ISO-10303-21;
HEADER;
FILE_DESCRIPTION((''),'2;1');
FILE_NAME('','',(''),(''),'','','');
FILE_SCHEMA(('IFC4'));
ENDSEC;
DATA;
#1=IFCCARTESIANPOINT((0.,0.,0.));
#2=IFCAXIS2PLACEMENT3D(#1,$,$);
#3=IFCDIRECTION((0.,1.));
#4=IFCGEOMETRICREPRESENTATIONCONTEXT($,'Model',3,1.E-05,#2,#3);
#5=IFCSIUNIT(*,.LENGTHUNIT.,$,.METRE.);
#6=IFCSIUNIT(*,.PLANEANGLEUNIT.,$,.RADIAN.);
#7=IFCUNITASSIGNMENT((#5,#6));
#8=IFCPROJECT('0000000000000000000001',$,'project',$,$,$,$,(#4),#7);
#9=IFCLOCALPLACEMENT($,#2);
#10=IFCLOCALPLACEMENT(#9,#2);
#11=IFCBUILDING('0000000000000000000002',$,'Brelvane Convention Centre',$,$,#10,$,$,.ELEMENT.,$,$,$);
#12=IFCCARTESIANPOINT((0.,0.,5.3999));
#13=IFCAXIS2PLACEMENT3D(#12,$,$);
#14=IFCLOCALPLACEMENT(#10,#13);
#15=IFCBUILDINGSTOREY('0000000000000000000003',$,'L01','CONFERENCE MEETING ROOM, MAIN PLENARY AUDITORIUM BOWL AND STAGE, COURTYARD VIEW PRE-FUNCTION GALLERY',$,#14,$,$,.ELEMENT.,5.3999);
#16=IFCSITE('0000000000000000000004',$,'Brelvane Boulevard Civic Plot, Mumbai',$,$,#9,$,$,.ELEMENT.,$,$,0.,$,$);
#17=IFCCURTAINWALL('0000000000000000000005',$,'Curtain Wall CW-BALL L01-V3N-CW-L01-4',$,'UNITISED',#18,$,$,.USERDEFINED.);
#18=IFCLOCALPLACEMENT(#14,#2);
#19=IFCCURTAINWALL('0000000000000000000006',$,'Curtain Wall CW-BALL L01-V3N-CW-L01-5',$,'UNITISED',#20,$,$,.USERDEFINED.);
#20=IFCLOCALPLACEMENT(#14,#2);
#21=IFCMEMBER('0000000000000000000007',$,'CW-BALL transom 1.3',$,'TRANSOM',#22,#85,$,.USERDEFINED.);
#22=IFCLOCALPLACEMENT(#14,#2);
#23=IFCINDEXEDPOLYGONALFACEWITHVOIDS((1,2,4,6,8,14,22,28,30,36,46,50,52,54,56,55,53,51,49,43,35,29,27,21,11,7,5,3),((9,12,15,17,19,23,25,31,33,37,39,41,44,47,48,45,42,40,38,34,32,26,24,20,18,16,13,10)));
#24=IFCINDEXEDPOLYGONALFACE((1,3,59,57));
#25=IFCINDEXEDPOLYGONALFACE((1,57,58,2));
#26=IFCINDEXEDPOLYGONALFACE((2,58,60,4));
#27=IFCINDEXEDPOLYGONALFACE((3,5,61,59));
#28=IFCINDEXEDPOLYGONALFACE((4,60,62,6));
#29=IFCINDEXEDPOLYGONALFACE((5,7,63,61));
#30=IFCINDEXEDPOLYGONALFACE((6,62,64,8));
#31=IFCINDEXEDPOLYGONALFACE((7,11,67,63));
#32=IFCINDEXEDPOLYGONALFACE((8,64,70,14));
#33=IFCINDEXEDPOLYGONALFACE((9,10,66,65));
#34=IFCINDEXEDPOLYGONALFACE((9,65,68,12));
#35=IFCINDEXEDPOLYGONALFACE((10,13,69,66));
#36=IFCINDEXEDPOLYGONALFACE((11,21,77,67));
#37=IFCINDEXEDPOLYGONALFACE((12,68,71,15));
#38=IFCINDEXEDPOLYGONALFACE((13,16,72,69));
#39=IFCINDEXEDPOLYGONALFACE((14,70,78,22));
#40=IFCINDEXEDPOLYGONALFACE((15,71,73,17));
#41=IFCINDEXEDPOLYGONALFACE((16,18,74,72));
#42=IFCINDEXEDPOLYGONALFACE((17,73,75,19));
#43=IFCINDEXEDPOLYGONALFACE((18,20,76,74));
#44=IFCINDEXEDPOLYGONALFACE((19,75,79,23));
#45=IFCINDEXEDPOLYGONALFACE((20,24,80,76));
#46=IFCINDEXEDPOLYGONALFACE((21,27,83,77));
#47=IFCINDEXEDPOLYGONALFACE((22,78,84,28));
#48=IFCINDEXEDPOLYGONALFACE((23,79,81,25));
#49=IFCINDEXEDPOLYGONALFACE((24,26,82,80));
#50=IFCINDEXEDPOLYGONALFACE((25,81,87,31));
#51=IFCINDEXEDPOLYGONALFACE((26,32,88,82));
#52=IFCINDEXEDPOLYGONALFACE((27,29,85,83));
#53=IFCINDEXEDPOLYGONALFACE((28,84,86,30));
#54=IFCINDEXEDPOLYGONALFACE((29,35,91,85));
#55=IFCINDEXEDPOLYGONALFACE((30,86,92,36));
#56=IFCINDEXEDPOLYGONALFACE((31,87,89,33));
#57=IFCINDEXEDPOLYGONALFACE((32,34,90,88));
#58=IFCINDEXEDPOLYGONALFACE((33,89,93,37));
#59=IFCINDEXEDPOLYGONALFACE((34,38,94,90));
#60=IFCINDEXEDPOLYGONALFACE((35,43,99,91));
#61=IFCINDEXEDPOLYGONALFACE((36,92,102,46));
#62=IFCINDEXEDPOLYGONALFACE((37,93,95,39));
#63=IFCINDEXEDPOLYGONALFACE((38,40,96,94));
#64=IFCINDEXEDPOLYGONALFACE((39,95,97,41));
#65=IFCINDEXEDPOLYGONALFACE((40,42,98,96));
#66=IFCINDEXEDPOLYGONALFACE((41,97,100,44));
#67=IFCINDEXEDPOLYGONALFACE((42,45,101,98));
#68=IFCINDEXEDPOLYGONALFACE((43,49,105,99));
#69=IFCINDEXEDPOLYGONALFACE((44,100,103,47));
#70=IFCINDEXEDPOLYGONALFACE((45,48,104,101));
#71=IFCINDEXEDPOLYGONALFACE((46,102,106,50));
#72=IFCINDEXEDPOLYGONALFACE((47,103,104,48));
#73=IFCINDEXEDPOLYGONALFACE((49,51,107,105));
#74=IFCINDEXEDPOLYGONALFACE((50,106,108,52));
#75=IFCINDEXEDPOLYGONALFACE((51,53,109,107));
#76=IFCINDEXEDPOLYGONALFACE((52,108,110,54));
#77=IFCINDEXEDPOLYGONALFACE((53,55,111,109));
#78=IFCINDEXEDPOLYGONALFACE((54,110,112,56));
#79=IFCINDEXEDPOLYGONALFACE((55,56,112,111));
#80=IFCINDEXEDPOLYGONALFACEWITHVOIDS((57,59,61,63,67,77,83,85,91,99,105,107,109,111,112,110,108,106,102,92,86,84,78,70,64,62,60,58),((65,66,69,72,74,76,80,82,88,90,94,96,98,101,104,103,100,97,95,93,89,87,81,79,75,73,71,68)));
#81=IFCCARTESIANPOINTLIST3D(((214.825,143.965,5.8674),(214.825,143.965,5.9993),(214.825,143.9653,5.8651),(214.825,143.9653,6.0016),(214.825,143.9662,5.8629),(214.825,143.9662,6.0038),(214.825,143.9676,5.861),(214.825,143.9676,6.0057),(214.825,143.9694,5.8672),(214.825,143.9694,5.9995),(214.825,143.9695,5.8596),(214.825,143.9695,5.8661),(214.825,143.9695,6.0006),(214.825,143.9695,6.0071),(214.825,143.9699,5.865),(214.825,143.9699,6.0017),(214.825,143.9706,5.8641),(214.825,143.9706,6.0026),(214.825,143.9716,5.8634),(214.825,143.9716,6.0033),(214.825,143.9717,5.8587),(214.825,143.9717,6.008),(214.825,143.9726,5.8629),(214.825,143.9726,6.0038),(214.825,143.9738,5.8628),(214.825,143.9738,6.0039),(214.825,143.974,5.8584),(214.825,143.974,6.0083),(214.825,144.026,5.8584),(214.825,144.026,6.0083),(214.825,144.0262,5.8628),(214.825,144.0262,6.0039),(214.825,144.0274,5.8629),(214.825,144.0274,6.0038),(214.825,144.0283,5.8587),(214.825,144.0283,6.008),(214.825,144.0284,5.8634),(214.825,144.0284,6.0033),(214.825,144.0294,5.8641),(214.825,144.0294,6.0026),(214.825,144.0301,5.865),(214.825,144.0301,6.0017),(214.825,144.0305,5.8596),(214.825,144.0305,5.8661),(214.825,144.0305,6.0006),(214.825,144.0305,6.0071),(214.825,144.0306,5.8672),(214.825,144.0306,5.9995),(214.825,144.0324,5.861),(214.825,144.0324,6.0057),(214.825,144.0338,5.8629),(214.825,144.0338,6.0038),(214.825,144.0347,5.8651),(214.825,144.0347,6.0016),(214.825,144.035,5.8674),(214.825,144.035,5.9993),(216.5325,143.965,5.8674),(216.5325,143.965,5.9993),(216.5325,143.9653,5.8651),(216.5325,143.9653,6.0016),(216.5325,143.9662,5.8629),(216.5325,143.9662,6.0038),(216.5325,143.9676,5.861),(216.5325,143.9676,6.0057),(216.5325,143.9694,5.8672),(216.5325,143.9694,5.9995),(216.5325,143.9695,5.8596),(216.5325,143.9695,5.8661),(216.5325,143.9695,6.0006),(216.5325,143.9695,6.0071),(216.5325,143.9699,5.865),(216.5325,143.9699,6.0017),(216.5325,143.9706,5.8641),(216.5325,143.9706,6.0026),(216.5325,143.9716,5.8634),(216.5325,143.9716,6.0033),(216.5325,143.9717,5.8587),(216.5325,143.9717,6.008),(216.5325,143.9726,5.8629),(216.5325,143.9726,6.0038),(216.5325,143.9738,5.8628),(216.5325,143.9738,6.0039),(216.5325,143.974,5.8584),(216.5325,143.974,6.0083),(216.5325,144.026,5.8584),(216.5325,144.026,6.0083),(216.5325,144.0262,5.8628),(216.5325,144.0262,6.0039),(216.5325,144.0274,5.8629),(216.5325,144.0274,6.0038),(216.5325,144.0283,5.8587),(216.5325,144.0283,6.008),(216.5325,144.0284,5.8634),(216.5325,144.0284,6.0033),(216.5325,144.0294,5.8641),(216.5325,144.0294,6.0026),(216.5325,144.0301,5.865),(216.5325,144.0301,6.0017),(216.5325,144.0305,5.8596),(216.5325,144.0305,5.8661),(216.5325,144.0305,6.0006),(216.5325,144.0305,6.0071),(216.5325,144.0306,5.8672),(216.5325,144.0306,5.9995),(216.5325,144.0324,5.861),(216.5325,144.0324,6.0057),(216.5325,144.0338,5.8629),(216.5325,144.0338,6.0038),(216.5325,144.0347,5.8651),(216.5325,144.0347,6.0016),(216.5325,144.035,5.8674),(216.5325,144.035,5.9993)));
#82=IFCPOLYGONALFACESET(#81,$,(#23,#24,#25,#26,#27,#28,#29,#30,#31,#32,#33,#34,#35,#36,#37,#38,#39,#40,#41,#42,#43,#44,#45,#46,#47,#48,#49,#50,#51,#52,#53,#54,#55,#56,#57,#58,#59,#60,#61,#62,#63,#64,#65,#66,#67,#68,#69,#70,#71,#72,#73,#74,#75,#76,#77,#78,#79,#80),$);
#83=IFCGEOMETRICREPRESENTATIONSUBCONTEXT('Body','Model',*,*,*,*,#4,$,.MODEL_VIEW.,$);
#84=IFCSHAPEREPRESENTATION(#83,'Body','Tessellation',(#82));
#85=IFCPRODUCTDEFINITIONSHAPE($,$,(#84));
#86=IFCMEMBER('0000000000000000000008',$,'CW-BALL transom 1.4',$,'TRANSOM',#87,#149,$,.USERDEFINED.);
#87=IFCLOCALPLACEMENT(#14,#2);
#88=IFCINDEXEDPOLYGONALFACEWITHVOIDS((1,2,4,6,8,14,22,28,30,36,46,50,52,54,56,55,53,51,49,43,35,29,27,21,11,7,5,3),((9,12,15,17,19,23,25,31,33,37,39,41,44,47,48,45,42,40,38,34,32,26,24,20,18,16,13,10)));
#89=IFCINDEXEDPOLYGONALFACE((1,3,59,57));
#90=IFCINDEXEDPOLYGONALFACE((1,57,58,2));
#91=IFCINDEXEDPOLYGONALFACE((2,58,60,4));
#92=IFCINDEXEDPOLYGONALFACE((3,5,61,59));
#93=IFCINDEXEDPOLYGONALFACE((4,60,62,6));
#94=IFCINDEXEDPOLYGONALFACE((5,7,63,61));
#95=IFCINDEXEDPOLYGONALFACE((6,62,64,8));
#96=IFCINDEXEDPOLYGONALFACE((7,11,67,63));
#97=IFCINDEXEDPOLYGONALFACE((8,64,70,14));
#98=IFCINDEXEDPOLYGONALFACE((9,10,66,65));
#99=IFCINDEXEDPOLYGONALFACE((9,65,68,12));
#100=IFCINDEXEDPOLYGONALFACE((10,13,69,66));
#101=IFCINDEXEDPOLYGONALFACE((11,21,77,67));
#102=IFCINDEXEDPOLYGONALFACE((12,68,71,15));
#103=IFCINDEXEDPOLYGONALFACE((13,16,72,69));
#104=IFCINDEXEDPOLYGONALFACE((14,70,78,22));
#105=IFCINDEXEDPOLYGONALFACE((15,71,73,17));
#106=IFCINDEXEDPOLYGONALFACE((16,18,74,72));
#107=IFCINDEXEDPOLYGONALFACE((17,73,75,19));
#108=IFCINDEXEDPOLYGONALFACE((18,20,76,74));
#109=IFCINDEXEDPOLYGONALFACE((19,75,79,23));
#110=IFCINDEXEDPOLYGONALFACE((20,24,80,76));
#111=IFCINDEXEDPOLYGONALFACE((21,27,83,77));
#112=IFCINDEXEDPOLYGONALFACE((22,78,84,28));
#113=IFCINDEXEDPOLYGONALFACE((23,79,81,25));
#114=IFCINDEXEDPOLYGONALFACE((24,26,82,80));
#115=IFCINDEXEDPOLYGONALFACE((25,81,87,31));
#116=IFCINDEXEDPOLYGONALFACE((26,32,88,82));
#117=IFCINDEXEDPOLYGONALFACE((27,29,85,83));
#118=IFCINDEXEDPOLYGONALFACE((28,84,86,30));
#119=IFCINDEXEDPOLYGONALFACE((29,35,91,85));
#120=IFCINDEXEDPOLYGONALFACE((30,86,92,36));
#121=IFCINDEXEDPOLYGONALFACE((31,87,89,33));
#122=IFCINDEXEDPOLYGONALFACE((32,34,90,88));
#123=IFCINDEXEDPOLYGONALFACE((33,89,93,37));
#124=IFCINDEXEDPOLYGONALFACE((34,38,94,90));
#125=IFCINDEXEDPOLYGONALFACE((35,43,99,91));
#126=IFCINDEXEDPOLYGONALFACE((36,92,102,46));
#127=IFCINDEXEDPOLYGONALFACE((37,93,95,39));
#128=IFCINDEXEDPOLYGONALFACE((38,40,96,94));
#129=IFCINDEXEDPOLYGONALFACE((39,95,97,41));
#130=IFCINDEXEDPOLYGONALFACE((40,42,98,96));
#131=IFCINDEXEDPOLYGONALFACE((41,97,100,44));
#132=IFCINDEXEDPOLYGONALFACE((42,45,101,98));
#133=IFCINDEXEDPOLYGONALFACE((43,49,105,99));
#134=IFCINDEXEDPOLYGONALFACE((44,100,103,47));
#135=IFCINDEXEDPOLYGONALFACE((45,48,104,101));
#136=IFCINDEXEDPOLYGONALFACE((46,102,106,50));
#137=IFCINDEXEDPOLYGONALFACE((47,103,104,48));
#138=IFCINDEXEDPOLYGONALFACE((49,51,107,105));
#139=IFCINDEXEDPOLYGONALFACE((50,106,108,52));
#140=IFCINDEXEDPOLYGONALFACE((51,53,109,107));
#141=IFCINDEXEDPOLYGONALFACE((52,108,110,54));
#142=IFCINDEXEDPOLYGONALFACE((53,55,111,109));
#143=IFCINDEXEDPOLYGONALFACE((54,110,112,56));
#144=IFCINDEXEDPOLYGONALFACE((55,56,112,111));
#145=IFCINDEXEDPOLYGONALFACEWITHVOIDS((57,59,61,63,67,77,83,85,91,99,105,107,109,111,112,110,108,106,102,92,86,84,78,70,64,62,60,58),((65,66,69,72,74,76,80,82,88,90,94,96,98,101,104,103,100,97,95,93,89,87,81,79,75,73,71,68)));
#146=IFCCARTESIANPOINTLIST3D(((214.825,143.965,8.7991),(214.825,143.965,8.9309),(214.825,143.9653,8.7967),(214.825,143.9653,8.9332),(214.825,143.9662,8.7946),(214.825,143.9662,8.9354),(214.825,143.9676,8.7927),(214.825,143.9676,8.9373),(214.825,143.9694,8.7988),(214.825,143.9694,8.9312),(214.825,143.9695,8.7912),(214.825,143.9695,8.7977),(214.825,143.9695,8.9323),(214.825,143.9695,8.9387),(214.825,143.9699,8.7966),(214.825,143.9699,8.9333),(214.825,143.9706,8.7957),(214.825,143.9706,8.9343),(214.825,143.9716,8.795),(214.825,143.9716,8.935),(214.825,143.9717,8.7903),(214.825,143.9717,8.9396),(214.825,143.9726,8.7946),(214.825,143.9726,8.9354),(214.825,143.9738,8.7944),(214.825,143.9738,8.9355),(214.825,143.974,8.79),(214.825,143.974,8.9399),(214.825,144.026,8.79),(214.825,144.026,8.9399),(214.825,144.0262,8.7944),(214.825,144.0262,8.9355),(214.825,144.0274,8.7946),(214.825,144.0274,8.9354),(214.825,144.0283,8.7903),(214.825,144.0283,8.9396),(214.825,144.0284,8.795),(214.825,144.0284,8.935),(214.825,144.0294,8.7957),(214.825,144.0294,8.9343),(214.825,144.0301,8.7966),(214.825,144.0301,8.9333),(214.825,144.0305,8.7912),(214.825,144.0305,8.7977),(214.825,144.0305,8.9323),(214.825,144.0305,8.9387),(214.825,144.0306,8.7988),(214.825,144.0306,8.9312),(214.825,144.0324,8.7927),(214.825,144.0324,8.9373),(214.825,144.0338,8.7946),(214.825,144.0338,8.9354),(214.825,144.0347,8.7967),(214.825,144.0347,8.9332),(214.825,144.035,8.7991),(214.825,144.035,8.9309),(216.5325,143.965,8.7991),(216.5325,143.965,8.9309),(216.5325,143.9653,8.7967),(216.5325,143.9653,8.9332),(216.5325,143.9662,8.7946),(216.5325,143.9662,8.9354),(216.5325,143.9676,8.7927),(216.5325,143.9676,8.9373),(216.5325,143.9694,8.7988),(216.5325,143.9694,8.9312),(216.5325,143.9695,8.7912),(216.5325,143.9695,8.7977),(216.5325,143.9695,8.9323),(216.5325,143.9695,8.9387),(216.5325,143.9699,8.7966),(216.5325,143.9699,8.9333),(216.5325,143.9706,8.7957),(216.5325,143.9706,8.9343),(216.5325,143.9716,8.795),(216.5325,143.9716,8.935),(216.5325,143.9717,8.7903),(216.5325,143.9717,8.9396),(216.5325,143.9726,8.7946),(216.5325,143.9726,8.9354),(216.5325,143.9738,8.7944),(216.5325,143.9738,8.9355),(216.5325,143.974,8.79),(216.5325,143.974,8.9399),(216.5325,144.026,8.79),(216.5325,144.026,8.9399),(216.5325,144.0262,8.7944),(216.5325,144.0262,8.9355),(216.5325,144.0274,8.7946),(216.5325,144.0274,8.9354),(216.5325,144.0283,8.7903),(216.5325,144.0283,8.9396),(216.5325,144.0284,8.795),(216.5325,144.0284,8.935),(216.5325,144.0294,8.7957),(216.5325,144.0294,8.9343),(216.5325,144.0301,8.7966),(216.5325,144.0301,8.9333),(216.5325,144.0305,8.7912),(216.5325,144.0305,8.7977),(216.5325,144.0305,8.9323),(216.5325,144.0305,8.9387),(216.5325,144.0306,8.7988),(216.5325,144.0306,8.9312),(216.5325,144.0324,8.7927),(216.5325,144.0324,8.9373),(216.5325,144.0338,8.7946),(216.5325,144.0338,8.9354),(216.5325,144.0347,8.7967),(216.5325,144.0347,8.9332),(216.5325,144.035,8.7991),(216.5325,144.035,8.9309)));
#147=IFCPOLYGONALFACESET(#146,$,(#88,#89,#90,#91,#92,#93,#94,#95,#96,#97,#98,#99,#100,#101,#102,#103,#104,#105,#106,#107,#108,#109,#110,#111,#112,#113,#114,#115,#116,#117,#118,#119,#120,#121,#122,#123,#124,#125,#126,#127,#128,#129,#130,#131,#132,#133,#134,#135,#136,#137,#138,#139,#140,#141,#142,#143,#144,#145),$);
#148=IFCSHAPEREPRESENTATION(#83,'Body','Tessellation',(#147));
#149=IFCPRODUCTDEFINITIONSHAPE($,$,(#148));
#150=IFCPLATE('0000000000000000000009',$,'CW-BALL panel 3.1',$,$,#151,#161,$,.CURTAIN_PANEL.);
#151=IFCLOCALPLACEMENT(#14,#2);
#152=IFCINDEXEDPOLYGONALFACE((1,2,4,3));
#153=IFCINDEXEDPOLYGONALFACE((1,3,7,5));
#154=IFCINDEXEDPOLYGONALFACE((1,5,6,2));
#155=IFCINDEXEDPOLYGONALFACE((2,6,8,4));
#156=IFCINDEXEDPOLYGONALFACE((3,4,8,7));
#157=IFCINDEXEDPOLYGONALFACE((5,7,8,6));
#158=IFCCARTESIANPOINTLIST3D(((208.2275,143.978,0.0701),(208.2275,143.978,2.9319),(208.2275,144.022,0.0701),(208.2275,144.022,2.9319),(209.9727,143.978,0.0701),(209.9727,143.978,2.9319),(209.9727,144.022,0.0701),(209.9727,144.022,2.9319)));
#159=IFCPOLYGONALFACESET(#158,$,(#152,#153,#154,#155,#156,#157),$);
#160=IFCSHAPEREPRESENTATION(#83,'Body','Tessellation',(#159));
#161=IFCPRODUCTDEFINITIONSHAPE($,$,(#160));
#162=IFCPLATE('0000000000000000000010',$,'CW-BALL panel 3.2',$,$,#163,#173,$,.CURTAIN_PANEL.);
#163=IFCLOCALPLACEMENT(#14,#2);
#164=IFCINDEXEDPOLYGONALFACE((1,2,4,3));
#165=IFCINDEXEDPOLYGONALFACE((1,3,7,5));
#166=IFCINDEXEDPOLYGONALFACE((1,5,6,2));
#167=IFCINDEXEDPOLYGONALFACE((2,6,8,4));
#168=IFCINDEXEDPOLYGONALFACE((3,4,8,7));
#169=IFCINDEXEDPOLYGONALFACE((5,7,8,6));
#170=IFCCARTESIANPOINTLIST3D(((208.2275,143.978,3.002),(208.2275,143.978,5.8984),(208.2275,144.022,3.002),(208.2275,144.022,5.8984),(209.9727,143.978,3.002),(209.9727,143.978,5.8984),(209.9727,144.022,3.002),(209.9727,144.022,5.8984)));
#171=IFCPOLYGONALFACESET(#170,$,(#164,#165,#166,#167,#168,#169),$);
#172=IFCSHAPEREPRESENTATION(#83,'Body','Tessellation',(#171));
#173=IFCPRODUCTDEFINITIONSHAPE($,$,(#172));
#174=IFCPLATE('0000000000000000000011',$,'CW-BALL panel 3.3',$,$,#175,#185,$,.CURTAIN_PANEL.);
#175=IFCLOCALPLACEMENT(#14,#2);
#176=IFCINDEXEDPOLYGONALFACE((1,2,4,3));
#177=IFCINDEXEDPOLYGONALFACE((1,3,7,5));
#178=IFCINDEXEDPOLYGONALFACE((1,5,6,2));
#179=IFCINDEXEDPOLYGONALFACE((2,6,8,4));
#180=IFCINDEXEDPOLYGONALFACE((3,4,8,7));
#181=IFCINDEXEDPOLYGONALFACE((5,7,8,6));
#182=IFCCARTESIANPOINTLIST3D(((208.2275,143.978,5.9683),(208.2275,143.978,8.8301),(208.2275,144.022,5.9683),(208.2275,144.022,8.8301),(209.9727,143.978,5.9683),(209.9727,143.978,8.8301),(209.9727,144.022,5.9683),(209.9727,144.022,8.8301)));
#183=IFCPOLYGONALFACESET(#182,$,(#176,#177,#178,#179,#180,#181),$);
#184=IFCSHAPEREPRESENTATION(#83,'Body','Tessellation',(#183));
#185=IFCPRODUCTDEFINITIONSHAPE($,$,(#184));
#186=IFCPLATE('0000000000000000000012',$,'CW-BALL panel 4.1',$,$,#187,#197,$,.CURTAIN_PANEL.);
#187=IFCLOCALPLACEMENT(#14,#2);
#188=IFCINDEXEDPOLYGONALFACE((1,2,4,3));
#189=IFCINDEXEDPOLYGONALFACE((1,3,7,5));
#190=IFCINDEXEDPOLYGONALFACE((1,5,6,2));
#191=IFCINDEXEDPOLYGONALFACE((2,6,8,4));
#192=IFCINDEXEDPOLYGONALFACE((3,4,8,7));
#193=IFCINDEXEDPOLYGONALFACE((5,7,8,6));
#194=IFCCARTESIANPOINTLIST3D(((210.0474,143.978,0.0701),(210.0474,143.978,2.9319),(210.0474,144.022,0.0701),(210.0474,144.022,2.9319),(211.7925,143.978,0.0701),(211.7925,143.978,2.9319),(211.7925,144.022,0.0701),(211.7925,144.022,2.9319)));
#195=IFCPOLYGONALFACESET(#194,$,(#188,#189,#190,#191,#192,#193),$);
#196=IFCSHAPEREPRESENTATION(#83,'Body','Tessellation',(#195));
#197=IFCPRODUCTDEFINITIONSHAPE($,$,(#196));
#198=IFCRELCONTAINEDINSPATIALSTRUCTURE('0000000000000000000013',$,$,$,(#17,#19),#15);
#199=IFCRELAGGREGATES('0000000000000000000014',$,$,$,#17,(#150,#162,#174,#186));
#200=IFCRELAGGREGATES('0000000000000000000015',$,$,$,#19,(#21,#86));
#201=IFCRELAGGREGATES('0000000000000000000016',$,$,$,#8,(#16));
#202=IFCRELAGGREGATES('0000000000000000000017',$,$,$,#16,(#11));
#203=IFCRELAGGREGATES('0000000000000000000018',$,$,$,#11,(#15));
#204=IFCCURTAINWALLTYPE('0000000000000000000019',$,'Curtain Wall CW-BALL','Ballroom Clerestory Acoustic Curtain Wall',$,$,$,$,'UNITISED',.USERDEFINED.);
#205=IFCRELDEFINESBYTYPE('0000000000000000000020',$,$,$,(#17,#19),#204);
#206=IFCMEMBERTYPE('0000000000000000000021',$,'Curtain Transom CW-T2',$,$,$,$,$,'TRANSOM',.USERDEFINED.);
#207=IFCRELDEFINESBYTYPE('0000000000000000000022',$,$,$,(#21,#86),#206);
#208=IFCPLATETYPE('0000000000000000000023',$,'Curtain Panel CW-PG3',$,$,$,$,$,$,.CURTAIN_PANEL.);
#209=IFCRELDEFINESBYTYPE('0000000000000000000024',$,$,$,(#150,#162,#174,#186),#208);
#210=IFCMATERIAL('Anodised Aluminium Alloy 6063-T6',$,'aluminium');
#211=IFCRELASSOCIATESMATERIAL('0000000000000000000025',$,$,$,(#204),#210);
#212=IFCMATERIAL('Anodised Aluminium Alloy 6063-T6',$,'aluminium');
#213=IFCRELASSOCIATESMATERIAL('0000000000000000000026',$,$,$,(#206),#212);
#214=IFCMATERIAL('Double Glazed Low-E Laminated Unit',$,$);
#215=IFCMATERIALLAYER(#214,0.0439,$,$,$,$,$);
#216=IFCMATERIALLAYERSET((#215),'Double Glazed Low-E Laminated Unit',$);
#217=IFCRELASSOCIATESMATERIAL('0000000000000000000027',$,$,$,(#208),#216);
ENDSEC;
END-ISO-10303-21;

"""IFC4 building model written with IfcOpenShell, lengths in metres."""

from ifc_helpers import new_model, si_unit, direction, frame, origin, origin_2d, place, context, subcontext, project, spatial, rectangle, hollow_rectangle, extrude, material, layer, layer_set, material_profile, profile_set, type_object, element, aggregate, save


model = new_model("IFC4")

# Units and contexts
model_context = context("Model", 3, precision=1e-05, world=origin(), true_north=direction((0.0, 1.0)))
body_context = subcontext(model_context, "Body", "Model", "MODEL_VIEW")
ifc_project = project(units=[si_unit("LENGTHUNIT", "METRE"), si_unit("PLANEANGLEUNIT", "RADIAN")], contexts=[model_context])

# Site, building, storey
site_placement = place(None, origin())
site = spatial("IfcSite", under=ifc_project, at=site_placement, Name="Brelvane Boulevard Civic Plot, Mumbai", CompositionType="ELEMENT", RefElevation=0.0)
building_placement = place(site_placement, origin())
building = spatial("IfcBuilding", under=site, at=building_placement, Name="Brelvane Convention Centre", CompositionType="ELEMENT")
storey_placement = place(building_placement, frame((0.0, 0.0, 5.3999)))
storey = spatial("IfcBuildingStorey", under=building, at=storey_placement, Name="L01", Description="CONFERENCE MEETING ROOM, MAIN PLENARY AUDITORIUM BOWL AND STAGE, COURTYARD VIEW PRE-FUNCTION GALLERY", CompositionType="ELEMENT", Elevation=5.3999)

# Curtain walls
ifc_material_1 = material(Name="Anodised Aluminium Alloy 6063-T6", Category="aluminium")
curtain_wall_type = type_object("IfcCurtainWallType", Name="Curtain Wall CW-BALL", Description="Ballroom Clerestory Acoustic Curtain Wall", ElementType="UNITISED", PredefinedType="USERDEFINED", material=ifc_material_1)
curtain_wall_1_placement = place(storey_placement, origin())
curtain_wall_1 = element("IfcCurtainWall", 1, at=curtain_wall_1_placement, inside=storey, type_object=curtain_wall_type, Name="Curtain Wall CW-BALL L01-V3N-CW-L01-4", ObjectType="UNITISED", PredefinedType="USERDEFINED")
curtain_wall_2_placement = place(storey_placement, origin())
curtain_wall_2 = element("IfcCurtainWall", 2, at=curtain_wall_2_placement, inside=storey, type_object=curtain_wall_type, Name="Curtain Wall CW-BALL L01-V3N-CW-L01-5", ObjectType="UNITISED", PredefinedType="USERDEFINED")

# Members
ifc_material_2 = material(Name="Anodised Aluminium Alloy 6063-T6", Category="aluminium")
ifc_material_profile_1 = material_profile(ifc_material_2, hollow_rectangle(XDim=0.0701, YDim=0.1499, WallThickness=0.0044, InnerFilletRadius=0.0044, OuterFilletRadius=0.009, at=origin_2d()), Name="ALU-T 150x70x4.5")
ifc_profile_set_1 = profile_set([ifc_material_profile_1], Name="Anodised Aluminium Alloy 6063-T6")
member_type_1 = type_object("IfcMemberType", Name="Curtain Transom CW-T2", ElementType="TRANSOM", PredefinedType="USERDEFINED", material=ifc_profile_set_1)
member_1_placement = place(storey_placement, frame((214.825, 144.0, 5.9333), z_axis=(1.0, 0.0, 0.0), x_axis=(0.0, 1.0, 0.0)))
member_1 = element("IfcMember", 3, at=member_1_placement, type_object=member_type_1, Name="CW-BALL transom 1.3", ObjectType="TRANSOM", PredefinedType="USERDEFINED", context=body_context, shape_type="SweptSolid", body=[
    extrude(hollow_rectangle(XDim=0.0701, YDim=0.1499, WallThickness=0.0044, InnerFilletRadius=0.0044, OuterFilletRadius=0.009, at=origin_2d()), origin(), (0.0, 0.0, 1.0), 1.7075),
])
member_2_placement = place(storey_placement, frame((214.825, 144.0, 8.865), z_axis=(1.0, 0.0, 0.0), x_axis=(0.0, 1.0, 0.0)))
member_2 = element("IfcMember", 4, at=member_2_placement, type_object=member_type_1, Name="CW-BALL transom 1.4", ObjectType="TRANSOM", PredefinedType="USERDEFINED", context=body_context, shape_type="SweptSolid", body=[
    extrude(hollow_rectangle(XDim=0.0701, YDim=0.1499, WallThickness=0.0044, InnerFilletRadius=0.0044, OuterFilletRadius=0.009, at=origin_2d()), origin(), (0.0, 0.0, 1.0), 1.7075),
])

# Plates
ifc_material_3 = material(Name="Double Glazed Low-E Laminated Unit")
ifc_layer = layer(ifc_material_3, 0.0439)
ifc_layer_set = layer_set([ifc_layer], Name="Double Glazed Low-E Laminated Unit")
plate_type = type_object("IfcPlateType", Name="Curtain Panel CW-PG3", PredefinedType="CURTAIN_PANEL", material=ifc_layer_set)
plate_1_placement = place(storey_placement, frame((209.1001, 144.0, 0.0701), z_axis=(0.0, 0.0, 1.0), x_axis=(1.0, 0.0, 0.0)))
plate_1 = element("IfcPlate", 5, at=plate_1_placement, type_object=plate_type, Name="CW-BALL panel 3.1", PredefinedType="CURTAIN_PANEL", context=body_context, shape_type="SweptSolid", body=[
    extrude(rectangle(XDim=1.7451, YDim=0.0439, at=origin_2d()), origin(), (0.0, 0.0, 1.0), 2.8618),
])
plate_2_placement = place(storey_placement, frame((209.1001, 144.0, 3.002), z_axis=(0.0, 0.0, 1.0), x_axis=(1.0, 0.0, 0.0)))
plate_2 = element("IfcPlate", 6, at=plate_2_placement, type_object=plate_type, Name="CW-BALL panel 3.2", PredefinedType="CURTAIN_PANEL", context=body_context, shape_type="SweptSolid", body=[
    extrude(rectangle(XDim=1.7451, YDim=0.0439, at=origin_2d()), origin(), (0.0, 0.0, 1.0), 2.8965),
])
plate_3_placement = place(storey_placement, frame((209.1001, 144.0, 5.9683), z_axis=(0.0, 0.0, 1.0), x_axis=(1.0, 0.0, 0.0)))
plate_3 = element("IfcPlate", 7, at=plate_3_placement, type_object=plate_type, Name="CW-BALL panel 3.3", PredefinedType="CURTAIN_PANEL", context=body_context, shape_type="SweptSolid", body=[
    extrude(rectangle(XDim=1.7451, YDim=0.0439, at=origin_2d()), origin(), (0.0, 0.0, 1.0), 2.8618),
])
plate_4_placement = place(storey_placement, frame((210.9199, 144.0, 0.0701), z_axis=(0.0, 0.0, 1.0), x_axis=(1.0, 0.0, 0.0)))
plate_4 = element("IfcPlate", 8, at=plate_4_placement, type_object=plate_type, Name="CW-BALL panel 4.1", PredefinedType="CURTAIN_PANEL", context=body_context, shape_type="SweptSolid", body=[
    extrude(rectangle(XDim=1.7451, YDim=0.0439, at=origin_2d()), origin(), (0.0, 0.0, 1.0), 2.8618),
])
aggregate(curtain_wall_1, [plate_1, plate_2, plate_3, plate_4])
aggregate(curtain_wall_2, [member_1, member_2])

save(model, "model.ifc")
